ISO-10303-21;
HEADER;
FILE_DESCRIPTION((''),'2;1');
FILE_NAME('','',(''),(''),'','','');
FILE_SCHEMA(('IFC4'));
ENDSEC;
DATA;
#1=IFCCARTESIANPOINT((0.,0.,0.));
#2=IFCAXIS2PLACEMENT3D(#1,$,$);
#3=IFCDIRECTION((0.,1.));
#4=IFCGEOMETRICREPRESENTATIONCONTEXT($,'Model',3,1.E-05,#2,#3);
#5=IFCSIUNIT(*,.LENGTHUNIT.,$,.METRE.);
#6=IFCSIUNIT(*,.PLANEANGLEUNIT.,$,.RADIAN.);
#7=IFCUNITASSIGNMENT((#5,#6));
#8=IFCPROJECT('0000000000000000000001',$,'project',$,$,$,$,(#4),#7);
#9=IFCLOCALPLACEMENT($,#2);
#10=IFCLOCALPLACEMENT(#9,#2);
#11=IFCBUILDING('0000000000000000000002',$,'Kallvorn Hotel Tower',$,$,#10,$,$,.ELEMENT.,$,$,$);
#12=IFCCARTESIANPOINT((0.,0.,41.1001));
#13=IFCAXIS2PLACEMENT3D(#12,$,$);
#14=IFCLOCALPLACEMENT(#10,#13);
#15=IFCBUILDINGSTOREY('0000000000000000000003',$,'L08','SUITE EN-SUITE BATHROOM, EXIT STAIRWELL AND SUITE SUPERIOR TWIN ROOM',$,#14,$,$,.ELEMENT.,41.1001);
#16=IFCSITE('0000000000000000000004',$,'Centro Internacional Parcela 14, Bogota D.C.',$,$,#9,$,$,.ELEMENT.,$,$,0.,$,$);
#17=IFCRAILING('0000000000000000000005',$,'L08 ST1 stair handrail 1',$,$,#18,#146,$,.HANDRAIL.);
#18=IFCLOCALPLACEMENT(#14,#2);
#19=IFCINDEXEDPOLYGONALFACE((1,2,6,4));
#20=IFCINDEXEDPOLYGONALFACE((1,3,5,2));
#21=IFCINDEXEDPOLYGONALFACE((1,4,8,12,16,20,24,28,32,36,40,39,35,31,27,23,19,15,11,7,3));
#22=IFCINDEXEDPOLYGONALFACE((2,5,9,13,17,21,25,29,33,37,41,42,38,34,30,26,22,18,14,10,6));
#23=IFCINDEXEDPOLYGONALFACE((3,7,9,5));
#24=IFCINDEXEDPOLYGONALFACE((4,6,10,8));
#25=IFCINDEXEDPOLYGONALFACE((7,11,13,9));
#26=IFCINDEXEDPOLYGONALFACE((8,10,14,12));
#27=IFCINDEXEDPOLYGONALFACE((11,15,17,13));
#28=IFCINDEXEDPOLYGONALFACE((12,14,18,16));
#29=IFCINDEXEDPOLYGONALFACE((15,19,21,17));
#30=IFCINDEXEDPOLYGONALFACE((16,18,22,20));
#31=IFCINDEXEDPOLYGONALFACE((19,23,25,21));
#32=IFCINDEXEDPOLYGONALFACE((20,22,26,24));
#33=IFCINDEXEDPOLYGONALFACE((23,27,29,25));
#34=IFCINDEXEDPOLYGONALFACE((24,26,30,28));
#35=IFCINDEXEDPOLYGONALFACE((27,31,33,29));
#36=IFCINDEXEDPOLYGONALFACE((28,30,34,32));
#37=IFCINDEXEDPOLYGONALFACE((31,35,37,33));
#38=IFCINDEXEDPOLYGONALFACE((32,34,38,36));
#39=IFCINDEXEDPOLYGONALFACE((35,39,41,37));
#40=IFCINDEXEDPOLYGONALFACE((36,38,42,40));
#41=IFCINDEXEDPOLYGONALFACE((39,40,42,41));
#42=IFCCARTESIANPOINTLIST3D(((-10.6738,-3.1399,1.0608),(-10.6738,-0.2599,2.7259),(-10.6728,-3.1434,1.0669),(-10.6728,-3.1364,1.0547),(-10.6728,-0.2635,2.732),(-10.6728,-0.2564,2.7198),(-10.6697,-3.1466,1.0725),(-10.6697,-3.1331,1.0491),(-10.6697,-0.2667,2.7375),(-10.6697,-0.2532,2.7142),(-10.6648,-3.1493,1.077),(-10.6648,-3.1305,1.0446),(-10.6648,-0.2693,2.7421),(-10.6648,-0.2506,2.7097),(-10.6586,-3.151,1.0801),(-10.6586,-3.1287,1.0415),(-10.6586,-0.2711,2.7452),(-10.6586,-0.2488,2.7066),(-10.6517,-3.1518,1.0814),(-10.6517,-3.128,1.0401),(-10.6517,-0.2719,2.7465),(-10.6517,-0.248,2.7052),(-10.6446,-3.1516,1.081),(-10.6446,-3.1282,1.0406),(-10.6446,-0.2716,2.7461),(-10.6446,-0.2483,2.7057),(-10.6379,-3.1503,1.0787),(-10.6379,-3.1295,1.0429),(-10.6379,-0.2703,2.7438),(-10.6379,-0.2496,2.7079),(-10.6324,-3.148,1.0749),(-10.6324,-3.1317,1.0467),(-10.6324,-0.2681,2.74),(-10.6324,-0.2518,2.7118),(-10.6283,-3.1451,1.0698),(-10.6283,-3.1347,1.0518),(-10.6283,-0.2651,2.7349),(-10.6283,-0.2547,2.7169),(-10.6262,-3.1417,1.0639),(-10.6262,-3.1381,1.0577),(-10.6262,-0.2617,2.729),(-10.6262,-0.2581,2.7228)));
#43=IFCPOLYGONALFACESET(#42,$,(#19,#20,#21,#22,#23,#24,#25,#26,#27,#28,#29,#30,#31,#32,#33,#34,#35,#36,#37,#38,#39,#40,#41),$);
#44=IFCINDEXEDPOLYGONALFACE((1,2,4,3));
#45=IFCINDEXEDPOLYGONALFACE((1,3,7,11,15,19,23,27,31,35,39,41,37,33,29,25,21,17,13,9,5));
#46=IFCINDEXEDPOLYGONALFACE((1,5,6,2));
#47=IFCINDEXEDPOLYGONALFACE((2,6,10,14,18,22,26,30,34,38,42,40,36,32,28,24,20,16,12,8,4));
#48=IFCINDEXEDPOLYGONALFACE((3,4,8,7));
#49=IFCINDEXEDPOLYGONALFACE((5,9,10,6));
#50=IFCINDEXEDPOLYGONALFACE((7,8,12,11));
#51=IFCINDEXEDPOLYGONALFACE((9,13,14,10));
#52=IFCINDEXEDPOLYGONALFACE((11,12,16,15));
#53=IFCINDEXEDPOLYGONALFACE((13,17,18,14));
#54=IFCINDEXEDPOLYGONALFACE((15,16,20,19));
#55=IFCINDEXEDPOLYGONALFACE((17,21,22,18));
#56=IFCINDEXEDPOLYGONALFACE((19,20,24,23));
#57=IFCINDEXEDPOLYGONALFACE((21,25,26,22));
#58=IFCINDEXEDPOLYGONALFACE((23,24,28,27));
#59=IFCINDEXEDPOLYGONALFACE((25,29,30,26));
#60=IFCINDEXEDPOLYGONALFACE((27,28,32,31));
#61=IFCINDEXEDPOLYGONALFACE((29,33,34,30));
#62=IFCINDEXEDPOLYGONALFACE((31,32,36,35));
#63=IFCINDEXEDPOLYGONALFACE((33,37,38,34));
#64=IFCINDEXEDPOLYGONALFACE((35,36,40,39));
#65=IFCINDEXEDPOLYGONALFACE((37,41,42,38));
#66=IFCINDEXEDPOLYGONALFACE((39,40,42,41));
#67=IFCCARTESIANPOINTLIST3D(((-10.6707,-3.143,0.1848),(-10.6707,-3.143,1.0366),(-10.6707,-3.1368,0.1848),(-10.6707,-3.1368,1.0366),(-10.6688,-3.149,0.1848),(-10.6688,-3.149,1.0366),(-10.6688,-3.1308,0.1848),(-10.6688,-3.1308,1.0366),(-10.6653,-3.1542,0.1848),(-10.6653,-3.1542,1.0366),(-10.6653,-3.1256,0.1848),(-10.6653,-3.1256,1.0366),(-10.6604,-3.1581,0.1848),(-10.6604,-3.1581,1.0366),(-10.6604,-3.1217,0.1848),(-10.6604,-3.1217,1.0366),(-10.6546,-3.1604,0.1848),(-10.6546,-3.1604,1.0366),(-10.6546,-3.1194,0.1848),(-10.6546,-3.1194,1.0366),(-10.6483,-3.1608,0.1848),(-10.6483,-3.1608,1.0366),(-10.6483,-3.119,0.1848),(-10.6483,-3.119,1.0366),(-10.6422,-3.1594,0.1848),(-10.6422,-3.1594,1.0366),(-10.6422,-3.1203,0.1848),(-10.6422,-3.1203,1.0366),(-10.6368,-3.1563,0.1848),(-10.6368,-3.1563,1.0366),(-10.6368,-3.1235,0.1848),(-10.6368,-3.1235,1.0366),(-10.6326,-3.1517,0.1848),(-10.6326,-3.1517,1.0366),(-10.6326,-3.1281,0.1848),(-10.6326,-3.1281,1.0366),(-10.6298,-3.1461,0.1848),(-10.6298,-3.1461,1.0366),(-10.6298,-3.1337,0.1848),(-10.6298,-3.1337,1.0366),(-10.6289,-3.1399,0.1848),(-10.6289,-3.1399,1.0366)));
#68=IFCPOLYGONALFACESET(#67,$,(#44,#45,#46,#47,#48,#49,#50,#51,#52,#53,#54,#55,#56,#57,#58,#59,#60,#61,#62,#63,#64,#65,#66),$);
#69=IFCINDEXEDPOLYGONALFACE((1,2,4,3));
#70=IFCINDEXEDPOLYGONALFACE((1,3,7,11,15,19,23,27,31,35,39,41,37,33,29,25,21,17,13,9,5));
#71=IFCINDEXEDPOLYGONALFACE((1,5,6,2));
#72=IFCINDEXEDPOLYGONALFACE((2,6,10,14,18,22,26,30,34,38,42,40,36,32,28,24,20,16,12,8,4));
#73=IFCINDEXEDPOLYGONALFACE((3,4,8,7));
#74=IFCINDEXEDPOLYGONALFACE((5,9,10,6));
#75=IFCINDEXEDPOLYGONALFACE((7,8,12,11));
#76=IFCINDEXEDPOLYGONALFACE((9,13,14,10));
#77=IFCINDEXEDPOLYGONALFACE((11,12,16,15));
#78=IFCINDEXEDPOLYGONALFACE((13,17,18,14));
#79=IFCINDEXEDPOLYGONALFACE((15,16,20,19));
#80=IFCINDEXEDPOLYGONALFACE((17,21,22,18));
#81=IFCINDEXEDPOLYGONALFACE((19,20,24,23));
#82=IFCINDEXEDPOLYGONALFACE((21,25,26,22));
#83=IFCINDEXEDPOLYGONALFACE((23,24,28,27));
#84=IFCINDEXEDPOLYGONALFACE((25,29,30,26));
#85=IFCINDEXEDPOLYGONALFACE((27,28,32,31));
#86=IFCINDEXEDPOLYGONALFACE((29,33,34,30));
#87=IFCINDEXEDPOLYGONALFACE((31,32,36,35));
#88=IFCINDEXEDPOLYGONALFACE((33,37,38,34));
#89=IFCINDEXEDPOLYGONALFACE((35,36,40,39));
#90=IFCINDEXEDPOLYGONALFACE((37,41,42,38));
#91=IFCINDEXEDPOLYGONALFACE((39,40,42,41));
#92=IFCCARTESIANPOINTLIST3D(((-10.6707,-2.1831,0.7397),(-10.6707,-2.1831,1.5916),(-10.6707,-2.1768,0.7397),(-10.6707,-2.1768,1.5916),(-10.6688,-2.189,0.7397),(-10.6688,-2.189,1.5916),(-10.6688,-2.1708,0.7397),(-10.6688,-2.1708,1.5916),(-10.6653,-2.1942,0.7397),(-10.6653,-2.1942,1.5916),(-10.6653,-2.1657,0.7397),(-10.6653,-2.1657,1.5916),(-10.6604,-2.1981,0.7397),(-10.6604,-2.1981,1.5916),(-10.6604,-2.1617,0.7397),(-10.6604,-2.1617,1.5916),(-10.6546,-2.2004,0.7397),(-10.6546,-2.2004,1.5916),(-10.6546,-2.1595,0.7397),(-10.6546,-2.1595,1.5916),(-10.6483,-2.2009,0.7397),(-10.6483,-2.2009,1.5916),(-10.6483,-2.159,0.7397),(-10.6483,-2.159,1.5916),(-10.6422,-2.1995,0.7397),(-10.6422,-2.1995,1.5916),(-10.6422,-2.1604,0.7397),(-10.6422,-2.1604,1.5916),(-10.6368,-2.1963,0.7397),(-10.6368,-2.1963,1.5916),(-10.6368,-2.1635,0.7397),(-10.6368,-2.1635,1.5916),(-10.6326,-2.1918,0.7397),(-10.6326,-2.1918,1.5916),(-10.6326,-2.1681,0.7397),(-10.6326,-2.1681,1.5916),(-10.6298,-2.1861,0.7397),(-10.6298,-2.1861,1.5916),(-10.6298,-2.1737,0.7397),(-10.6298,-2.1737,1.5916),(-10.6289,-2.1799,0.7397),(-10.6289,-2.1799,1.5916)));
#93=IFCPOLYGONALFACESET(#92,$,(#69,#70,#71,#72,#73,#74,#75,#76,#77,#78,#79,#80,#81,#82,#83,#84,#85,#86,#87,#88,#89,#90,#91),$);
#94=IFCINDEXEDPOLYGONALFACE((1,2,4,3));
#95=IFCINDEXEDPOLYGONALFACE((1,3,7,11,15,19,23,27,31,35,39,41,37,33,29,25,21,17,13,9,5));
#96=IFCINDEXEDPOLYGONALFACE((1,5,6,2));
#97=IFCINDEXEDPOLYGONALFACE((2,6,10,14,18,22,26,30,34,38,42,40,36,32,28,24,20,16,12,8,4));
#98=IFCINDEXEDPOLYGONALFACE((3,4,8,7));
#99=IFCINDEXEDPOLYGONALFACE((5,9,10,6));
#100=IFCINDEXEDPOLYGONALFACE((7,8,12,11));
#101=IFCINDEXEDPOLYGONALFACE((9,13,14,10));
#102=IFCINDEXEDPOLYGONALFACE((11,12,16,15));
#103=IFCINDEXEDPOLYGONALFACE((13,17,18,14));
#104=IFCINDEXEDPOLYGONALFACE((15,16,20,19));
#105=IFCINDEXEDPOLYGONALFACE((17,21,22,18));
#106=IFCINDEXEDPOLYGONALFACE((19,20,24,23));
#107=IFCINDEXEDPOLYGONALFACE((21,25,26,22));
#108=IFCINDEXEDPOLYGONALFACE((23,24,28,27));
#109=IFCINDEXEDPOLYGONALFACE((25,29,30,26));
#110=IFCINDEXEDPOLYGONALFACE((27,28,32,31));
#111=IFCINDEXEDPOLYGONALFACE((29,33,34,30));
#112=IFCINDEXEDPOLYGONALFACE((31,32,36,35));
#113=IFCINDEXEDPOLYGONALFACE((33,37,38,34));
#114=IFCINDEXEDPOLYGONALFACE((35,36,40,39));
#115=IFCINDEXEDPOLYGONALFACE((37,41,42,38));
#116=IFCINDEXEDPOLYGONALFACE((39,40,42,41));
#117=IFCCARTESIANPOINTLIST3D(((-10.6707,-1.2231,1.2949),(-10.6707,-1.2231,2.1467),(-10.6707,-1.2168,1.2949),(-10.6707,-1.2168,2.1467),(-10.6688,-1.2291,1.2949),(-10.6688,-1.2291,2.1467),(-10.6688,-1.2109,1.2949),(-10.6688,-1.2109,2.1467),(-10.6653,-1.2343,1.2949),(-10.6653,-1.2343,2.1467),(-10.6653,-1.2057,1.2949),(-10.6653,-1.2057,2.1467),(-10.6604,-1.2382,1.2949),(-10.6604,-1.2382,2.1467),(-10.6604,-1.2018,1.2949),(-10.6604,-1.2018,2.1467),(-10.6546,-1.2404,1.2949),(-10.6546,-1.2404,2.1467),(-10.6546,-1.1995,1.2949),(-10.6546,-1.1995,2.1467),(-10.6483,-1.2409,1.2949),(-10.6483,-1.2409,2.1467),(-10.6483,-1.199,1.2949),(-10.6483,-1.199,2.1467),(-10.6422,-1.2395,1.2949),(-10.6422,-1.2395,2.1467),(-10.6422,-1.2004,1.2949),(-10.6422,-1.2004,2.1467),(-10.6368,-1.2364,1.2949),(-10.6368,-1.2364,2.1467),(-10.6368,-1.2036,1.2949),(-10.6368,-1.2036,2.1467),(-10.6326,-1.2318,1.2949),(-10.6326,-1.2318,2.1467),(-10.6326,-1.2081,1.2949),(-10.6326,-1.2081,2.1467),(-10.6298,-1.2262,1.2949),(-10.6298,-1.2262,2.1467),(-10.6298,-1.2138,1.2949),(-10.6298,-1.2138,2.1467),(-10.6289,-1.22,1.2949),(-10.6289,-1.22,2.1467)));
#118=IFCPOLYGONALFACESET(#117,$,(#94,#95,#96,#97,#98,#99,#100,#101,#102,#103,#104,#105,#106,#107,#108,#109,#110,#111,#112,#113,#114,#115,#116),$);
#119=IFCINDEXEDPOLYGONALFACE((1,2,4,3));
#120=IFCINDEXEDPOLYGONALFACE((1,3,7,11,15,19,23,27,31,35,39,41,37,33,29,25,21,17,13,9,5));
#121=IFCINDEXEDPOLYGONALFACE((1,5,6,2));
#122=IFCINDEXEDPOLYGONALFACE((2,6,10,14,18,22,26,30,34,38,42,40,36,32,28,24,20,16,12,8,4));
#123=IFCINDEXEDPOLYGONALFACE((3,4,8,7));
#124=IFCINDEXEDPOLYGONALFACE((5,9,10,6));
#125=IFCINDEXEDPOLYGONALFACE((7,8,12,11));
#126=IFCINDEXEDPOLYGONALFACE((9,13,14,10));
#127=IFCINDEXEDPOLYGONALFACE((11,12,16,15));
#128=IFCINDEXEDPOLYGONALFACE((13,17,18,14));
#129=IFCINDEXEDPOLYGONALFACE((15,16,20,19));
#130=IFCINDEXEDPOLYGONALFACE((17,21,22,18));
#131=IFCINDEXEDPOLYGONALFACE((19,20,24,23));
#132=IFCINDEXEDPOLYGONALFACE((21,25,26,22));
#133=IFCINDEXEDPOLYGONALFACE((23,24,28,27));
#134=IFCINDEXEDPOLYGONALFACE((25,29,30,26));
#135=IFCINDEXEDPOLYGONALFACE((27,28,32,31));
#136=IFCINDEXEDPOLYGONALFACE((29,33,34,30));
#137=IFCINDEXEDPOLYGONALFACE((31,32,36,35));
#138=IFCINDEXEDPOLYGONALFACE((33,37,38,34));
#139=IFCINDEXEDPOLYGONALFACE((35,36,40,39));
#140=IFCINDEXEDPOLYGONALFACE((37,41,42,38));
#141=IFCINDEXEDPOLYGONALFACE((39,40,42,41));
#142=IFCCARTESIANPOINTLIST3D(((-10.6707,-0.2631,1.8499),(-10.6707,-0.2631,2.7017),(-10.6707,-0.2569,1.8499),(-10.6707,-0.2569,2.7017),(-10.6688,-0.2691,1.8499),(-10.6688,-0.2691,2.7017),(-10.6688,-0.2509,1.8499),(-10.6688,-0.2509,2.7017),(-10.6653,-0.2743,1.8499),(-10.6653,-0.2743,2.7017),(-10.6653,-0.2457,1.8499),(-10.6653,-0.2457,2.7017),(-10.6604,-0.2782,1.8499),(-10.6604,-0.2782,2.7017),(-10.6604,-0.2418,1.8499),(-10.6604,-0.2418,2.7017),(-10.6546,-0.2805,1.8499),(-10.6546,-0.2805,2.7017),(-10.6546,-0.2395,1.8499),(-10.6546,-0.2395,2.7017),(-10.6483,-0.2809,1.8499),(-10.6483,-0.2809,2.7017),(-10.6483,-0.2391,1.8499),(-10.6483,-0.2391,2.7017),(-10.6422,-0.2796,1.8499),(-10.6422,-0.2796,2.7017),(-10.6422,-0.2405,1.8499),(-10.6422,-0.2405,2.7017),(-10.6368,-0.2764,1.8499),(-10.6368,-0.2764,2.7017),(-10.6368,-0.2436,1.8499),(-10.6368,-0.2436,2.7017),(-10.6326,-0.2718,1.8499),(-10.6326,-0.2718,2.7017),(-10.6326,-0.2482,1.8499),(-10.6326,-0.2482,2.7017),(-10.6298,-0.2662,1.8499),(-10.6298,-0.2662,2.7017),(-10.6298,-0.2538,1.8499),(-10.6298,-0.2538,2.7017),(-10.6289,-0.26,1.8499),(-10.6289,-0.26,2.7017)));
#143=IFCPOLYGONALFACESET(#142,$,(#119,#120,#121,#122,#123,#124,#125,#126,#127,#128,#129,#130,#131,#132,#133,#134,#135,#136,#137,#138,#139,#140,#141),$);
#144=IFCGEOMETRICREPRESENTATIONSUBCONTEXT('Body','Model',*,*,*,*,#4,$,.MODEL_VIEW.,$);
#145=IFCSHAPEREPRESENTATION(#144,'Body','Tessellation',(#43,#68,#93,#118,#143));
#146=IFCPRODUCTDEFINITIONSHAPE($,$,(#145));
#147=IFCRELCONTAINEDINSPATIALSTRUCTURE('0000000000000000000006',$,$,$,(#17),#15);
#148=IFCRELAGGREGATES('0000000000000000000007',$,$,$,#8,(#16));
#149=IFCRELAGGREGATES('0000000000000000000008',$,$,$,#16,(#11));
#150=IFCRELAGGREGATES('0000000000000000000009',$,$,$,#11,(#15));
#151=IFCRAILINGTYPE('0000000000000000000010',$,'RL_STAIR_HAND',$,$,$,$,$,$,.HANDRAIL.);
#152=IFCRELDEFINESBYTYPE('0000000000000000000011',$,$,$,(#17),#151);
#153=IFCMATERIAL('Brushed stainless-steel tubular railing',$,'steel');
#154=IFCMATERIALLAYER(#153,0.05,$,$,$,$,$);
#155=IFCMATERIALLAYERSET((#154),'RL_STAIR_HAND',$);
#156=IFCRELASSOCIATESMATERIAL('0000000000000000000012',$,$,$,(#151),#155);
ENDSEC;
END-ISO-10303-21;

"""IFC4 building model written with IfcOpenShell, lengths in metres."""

from ifc_helpers import new_model, si_unit, direction, frame, origin, origin_2d, place, context, subcontext, project, spatial, circle, extrude, material, layer, layer_set, type_object, element, save


model = new_model("IFC4")

# Units and contexts
model_context = context("Model", 3, precision=1e-05, world=origin(), true_north=direction((0.0, 1.0)))
body_context = subcontext(model_context, "Body", "Model", "MODEL_VIEW")
ifc_project = project(units=[si_unit("LENGTHUNIT", "METRE"), si_unit("PLANEANGLEUNIT", "RADIAN")], contexts=[model_context])

# Site, building, storey
site_placement = place(None, origin())
site = spatial("IfcSite", under=ifc_project, at=site_placement, Name="Centro Internacional Parcela 14, Bogota D.C.", CompositionType="ELEMENT", RefElevation=0.0)
building_placement = place(site_placement, origin())
building = spatial("IfcBuilding", under=site, at=building_placement, Name="Kallvorn Hotel Tower", CompositionType="ELEMENT")
storey_placement = place(building_placement, frame((0.0, 0.0, 41.1001)))
storey = spatial("IfcBuildingStorey", under=building, at=storey_placement, Name="L08", Description="SUITE EN-SUITE BATHROOM, EXIT STAIRWELL AND SUITE SUPERIOR TWIN ROOM", CompositionType="ELEMENT", Elevation=41.1001)

# Railing
ifc_material_1 = material(Name="Brushed stainless-steel tubular railing", Category="steel")
ifc_layer_1 = layer(ifc_material_1, 0.05)
ifc_layer_set_1 = layer_set([ifc_layer_1], Name="RL_STAIR_HAND")
railing_type_1 = type_object("IfcRailingType", Name="RL_STAIR_HAND", PredefinedType="HANDRAIL", material=ifc_layer_set_1)
railing_1_placement = place(storey_placement, frame((-10.6499, -3.1399, 0.1848)))
element("IfcRailing", 1, at=railing_1_placement, inside=storey, type_object=railing_type_1, Name="L08 ST1 stair handrail 1", PredefinedType="HANDRAIL", context=body_context, shape_type="SweptSolid", body=[
    extrude(circle(Radius=0.0239, at=origin_2d()), frame((0.0, 0.0, 0.876), z_axis=(0.0, 0.865721, 0.500527), x_axis=(-1.0, 0.0, 0.0)), (0.0, 0.0, 1.0), 3.3267),
    extrude(circle(Radius=0.021, at=origin_2d()), origin(), (0.0, 0.0, 1.0), 0.8518),
    extrude(circle(Radius=0.021, at=origin_2d()), frame((0.0, 0.96, 0.5549)), (0.0, 0.0, 1.0), 0.8518),
    extrude(circle(Radius=0.021, at=origin_2d()), frame((0.0, 1.9199, 1.1101)), (0.0, 0.0, 1.0), 0.8518),
    extrude(circle(Radius=0.021, at=origin_2d()), frame((0.0, 2.8799, 1.665)), (0.0, 0.0, 1.0), 0.8518),
])

save(model, "model.ifc")
